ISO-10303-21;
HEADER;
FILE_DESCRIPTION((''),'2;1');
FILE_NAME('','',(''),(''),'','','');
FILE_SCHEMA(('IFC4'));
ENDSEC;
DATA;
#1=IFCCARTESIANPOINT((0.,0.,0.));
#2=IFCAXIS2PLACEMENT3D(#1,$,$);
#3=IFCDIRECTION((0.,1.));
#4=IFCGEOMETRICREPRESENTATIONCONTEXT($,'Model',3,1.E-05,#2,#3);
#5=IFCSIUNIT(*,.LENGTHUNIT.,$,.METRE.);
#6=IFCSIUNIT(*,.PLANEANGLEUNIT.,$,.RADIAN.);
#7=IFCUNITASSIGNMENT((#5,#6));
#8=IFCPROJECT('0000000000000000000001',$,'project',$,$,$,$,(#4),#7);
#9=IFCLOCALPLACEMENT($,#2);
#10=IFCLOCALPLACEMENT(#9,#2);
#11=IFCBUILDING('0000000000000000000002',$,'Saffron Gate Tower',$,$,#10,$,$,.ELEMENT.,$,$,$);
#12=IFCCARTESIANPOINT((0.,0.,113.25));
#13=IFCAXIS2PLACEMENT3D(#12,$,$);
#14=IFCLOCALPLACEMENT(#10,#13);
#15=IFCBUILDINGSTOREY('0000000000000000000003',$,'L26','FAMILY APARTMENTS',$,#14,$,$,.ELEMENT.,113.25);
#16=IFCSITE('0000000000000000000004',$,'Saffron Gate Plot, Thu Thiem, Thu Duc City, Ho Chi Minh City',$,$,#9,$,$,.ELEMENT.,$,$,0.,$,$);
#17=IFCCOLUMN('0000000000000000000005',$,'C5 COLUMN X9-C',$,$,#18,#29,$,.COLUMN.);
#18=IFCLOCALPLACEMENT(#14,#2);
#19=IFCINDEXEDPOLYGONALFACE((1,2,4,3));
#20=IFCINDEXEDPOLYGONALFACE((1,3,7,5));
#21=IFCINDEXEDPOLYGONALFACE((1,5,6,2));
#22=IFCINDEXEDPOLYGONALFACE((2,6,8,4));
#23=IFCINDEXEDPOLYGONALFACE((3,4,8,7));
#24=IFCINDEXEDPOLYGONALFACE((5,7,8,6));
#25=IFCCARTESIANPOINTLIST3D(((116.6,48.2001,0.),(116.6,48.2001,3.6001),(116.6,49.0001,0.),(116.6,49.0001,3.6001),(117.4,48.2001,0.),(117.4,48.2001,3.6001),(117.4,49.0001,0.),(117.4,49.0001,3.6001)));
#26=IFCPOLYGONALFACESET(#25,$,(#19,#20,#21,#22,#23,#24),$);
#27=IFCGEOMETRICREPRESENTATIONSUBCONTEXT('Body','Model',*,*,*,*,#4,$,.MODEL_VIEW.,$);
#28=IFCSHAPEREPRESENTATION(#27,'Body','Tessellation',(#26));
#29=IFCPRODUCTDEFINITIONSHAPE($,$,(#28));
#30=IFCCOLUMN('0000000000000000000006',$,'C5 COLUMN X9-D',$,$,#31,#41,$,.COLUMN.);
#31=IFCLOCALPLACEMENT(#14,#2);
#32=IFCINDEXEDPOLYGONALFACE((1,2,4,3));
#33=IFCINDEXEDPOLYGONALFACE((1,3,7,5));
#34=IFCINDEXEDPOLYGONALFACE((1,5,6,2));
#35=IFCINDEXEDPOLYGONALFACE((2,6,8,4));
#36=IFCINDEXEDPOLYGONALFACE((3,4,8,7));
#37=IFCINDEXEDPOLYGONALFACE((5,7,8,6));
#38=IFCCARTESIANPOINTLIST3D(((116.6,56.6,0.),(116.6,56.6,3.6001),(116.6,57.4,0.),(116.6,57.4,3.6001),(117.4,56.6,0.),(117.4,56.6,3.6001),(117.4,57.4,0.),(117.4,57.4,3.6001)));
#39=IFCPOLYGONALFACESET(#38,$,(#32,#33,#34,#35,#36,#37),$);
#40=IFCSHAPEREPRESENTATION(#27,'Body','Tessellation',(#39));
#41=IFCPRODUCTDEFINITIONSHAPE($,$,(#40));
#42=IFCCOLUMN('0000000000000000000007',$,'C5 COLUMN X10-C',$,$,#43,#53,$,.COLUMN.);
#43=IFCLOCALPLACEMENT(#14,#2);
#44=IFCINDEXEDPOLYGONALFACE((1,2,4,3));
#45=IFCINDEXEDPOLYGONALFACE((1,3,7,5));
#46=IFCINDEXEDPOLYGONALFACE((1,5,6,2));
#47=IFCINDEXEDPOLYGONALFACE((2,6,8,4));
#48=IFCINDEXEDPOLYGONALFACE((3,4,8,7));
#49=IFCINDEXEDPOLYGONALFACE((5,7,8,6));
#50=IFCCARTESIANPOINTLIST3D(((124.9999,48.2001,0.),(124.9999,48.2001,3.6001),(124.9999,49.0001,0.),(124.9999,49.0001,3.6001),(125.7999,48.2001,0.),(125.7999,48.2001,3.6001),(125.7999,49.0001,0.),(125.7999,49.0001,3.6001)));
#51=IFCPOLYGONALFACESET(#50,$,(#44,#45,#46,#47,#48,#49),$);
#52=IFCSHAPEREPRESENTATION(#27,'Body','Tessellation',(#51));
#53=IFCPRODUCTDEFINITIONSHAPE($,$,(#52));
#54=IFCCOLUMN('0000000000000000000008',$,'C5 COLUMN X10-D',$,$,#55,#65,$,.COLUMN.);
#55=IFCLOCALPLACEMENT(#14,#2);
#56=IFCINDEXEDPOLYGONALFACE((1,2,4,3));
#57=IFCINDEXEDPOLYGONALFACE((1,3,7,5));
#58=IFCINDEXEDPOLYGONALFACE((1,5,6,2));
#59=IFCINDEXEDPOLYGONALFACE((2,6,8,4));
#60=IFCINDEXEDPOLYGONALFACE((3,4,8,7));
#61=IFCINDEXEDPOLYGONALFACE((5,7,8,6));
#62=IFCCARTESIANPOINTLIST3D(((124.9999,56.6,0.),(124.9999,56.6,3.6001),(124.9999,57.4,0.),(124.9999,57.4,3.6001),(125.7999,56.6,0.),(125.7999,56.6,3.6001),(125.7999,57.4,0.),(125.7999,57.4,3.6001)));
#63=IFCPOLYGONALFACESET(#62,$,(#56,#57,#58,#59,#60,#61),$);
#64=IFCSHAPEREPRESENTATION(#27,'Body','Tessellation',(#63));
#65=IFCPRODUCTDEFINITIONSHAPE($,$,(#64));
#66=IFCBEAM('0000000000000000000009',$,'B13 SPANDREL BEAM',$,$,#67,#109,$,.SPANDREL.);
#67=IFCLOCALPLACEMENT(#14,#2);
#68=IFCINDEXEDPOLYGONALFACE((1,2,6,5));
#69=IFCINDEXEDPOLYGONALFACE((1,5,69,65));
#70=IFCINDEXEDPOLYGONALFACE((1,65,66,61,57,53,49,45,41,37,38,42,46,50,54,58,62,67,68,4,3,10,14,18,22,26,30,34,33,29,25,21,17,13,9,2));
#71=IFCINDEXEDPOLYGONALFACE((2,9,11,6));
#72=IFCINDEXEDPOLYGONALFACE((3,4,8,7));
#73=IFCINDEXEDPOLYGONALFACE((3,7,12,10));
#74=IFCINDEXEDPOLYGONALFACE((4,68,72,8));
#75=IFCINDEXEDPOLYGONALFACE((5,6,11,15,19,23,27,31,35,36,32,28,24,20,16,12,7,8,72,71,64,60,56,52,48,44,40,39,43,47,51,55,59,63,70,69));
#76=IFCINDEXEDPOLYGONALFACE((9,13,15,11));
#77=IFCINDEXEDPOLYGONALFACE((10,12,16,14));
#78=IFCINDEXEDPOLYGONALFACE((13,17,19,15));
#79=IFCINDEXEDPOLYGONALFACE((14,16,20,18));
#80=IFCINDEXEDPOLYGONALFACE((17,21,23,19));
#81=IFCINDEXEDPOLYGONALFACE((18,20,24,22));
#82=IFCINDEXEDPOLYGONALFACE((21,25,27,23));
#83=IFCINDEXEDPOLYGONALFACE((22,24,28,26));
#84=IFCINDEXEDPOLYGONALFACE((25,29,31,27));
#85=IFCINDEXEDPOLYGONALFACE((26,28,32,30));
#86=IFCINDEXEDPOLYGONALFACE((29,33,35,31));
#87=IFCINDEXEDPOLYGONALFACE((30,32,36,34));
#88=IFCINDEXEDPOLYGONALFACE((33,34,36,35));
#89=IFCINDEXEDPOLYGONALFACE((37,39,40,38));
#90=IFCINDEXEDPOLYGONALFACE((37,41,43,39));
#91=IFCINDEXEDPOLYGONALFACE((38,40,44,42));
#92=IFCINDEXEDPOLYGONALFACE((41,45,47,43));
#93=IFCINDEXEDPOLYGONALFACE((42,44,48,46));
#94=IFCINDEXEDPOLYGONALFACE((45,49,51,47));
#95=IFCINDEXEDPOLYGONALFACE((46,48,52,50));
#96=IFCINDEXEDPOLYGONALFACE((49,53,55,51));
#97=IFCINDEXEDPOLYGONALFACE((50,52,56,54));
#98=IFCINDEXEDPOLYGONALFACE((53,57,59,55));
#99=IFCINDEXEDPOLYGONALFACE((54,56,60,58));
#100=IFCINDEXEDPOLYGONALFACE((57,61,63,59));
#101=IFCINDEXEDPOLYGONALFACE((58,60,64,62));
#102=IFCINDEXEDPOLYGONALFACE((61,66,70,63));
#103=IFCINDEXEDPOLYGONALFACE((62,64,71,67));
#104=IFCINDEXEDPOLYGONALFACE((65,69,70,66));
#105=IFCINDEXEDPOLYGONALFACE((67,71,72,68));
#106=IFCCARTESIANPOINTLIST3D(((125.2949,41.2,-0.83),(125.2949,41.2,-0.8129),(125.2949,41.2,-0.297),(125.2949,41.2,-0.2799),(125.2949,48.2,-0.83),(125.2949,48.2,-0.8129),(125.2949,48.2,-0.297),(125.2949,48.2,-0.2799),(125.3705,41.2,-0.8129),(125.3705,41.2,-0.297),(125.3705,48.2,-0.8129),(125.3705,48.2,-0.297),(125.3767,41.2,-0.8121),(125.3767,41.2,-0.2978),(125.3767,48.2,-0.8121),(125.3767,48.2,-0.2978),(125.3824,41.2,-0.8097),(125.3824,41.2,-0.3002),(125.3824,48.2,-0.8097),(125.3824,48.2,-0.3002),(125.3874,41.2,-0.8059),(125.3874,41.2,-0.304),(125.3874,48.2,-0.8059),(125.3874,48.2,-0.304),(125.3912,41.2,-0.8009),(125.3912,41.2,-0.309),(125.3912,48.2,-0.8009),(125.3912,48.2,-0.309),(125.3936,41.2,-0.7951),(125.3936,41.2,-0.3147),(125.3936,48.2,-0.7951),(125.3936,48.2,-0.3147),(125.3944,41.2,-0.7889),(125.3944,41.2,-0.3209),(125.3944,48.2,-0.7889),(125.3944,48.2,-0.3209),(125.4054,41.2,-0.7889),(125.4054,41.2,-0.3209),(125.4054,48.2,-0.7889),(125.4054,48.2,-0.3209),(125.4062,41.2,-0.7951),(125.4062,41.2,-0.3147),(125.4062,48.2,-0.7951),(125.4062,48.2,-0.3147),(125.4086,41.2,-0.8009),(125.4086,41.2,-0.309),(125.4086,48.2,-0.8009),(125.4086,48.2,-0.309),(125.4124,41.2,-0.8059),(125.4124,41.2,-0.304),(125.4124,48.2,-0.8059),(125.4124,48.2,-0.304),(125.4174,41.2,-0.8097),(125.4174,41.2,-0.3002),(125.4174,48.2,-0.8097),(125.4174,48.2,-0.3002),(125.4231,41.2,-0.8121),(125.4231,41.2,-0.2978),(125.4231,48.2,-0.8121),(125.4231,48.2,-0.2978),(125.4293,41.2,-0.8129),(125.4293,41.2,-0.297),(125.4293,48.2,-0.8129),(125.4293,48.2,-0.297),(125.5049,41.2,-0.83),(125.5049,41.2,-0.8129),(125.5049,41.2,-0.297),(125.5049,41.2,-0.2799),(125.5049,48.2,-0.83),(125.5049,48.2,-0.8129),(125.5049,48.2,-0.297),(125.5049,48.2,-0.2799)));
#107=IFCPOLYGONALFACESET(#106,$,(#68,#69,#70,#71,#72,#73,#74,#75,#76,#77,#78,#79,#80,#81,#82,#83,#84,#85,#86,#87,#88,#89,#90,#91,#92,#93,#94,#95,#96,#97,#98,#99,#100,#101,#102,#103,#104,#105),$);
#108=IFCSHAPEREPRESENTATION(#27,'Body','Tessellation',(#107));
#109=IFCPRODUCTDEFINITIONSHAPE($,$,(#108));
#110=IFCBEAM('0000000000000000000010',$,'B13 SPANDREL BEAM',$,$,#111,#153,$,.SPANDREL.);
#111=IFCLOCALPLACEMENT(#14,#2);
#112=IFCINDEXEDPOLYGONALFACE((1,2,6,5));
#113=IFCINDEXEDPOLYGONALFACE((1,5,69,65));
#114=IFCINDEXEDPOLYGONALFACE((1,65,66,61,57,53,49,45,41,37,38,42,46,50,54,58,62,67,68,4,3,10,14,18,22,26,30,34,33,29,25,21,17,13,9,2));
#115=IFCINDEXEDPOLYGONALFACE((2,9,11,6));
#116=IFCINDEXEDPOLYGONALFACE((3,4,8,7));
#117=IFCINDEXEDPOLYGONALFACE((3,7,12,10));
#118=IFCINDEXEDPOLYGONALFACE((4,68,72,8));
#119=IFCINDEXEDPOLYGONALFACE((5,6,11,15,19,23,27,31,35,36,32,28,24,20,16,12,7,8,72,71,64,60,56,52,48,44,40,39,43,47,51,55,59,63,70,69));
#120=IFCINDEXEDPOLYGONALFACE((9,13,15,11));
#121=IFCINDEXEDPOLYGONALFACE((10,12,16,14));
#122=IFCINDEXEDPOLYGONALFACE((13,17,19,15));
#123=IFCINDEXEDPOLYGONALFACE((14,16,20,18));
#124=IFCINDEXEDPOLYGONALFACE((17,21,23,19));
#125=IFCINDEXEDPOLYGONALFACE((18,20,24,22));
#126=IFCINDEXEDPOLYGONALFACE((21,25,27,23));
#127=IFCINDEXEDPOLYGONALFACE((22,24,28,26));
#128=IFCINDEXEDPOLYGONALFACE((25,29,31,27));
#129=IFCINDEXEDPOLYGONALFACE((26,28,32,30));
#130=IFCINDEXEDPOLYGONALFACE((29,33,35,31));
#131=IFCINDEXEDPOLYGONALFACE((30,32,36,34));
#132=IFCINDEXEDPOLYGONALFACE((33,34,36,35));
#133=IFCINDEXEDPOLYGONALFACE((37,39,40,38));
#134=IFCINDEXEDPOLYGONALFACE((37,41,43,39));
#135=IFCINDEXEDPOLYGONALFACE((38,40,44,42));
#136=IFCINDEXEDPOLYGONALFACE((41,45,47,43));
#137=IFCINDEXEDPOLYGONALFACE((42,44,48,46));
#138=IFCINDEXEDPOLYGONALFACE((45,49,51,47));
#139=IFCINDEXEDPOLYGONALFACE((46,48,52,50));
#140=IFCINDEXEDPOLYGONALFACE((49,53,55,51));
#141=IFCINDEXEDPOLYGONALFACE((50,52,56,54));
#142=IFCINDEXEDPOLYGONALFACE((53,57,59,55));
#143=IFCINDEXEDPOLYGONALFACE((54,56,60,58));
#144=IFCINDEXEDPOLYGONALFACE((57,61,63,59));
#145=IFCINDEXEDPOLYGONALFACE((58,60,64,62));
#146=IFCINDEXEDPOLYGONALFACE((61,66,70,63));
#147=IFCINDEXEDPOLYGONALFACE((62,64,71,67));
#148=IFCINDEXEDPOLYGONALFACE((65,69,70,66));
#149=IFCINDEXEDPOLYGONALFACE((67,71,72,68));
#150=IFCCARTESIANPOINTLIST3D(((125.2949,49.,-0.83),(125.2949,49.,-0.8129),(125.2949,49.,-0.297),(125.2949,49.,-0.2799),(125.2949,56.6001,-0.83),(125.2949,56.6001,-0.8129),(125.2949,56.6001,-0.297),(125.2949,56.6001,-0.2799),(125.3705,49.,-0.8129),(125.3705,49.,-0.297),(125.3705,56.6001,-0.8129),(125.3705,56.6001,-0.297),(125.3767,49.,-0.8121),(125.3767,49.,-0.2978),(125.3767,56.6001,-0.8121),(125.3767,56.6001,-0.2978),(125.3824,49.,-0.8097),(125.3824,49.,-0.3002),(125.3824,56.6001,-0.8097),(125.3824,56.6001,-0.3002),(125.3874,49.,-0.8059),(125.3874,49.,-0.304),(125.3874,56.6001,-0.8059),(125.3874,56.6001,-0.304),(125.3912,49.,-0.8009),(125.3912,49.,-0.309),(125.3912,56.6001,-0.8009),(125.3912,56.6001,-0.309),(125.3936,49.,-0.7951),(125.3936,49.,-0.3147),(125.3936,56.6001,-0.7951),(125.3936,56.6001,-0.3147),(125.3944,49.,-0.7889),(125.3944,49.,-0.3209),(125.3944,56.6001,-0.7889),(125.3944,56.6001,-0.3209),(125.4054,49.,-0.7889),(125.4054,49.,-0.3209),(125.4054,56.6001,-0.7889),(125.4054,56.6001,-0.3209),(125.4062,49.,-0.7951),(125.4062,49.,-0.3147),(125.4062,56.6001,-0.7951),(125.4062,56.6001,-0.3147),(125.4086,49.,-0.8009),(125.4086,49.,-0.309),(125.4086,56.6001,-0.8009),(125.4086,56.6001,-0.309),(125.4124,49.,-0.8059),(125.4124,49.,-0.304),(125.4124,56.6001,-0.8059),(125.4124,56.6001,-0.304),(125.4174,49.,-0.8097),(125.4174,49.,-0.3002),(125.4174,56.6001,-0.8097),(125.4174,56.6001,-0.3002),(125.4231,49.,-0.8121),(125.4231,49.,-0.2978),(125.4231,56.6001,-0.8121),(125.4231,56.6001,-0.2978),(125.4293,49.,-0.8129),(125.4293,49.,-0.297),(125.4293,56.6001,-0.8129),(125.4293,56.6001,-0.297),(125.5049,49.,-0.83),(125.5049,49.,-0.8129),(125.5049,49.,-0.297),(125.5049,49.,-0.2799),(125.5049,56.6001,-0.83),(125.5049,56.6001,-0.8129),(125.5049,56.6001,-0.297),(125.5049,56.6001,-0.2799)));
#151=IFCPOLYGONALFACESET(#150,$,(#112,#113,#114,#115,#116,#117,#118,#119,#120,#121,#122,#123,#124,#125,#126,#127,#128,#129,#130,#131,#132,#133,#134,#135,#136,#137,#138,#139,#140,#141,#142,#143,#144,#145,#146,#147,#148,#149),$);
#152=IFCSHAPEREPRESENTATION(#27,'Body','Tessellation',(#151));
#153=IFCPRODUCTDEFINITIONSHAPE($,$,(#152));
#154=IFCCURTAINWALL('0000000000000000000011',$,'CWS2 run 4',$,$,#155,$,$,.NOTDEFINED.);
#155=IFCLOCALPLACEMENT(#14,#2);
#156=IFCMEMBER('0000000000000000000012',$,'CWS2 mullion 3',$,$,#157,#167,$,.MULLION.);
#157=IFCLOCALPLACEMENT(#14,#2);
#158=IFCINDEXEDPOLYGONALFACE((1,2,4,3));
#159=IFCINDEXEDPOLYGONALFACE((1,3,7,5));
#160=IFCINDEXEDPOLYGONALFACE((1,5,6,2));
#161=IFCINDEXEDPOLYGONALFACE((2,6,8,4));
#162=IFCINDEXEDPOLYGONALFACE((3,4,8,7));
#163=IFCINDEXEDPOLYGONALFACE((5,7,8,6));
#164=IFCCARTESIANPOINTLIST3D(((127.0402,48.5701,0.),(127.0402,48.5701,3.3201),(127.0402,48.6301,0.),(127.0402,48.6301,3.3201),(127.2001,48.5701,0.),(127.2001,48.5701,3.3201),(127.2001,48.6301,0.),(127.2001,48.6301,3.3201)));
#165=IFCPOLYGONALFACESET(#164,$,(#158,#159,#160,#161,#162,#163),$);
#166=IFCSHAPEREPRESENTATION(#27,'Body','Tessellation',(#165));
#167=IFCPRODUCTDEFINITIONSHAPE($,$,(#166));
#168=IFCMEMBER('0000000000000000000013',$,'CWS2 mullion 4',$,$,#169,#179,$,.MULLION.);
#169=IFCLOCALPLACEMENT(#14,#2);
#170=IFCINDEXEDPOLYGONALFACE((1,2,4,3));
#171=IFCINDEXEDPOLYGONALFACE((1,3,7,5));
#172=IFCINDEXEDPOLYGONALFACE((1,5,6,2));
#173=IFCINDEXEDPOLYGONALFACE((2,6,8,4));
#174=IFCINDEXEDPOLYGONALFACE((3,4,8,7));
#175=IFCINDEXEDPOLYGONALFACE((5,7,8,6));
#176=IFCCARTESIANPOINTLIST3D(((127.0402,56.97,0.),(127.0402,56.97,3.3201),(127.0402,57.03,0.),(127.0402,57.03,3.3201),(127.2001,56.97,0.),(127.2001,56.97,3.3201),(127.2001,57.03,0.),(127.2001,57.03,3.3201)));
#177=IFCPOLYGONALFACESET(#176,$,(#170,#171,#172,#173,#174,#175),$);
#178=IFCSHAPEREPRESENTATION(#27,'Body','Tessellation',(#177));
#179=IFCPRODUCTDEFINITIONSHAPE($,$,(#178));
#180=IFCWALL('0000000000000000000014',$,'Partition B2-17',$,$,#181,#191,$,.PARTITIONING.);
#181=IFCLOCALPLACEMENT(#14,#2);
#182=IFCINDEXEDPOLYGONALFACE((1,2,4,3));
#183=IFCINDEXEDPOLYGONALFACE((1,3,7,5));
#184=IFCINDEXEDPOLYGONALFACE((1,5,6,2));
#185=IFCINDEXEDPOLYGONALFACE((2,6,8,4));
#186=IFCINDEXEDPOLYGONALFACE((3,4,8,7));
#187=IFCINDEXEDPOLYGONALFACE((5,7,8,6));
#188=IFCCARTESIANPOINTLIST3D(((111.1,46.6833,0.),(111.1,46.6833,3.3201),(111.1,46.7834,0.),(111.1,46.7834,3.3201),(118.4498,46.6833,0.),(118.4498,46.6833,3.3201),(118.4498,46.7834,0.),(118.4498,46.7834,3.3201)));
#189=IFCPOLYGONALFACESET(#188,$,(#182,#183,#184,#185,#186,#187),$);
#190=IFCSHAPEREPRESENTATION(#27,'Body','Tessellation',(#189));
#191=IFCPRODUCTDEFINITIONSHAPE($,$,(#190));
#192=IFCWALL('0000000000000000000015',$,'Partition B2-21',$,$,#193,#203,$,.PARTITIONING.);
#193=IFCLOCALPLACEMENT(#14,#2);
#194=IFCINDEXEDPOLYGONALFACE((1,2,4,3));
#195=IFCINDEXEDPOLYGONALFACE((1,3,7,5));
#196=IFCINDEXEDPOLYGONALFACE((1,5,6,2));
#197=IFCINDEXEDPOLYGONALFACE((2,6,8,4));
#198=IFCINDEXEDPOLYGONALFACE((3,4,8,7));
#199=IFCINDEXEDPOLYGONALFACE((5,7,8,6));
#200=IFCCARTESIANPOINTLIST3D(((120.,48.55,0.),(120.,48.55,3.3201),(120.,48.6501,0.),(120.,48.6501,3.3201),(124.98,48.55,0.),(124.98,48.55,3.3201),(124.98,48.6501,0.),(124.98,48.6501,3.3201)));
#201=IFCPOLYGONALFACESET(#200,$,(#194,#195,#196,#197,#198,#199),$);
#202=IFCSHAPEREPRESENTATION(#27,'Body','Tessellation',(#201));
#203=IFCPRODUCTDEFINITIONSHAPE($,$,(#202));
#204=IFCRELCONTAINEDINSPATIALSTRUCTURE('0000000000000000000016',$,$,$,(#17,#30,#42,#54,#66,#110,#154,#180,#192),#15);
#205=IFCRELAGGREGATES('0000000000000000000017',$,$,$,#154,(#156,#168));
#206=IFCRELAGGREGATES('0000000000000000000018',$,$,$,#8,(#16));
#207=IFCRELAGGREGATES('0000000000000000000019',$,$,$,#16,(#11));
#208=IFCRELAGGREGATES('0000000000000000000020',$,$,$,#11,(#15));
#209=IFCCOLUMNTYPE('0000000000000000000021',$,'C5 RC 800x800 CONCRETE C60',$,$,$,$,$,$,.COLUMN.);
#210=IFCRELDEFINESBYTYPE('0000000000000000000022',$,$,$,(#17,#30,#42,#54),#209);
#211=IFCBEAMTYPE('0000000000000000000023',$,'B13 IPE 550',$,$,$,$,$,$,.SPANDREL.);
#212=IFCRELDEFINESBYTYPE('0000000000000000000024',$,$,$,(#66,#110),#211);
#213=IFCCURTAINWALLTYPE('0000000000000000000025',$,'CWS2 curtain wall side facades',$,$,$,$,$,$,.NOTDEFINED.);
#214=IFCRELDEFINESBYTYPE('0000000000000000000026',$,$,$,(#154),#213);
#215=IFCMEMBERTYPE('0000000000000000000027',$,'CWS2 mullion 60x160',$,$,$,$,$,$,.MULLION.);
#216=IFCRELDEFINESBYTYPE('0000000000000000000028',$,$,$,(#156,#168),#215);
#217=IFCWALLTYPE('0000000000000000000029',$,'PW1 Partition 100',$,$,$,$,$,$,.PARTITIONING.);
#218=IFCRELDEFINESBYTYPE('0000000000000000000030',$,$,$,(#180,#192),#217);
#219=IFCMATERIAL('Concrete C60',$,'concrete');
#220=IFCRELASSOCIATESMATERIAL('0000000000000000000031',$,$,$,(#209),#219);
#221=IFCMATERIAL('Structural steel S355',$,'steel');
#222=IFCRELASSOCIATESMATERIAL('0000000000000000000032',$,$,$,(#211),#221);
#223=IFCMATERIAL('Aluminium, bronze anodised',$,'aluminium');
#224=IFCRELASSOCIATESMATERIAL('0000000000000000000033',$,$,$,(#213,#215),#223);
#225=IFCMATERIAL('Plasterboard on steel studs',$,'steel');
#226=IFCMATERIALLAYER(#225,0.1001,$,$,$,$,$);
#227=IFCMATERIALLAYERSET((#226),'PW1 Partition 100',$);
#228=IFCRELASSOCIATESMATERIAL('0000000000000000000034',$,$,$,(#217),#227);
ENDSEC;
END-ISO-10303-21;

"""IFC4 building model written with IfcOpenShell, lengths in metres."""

from ifc_helpers import new_model, si_unit, direction, frame, frame_2d, origin, origin_2d, place, context, subcontext, project, spatial, rectangle, i_section, extrude, material, layer, layer_set, material_profile, profile_set, type_object, element, aggregate, save


model = new_model("IFC4")

# Units and contexts
model_context = context("Model", 3, precision=1e-05, world=origin(), true_north=direction((0.0, 1.0)))
body_context = subcontext(model_context, "Body", "Model", "MODEL_VIEW")
ifc_project = project(units=[si_unit("LENGTHUNIT", "METRE"), si_unit("PLANEANGLEUNIT", "RADIAN")], contexts=[model_context])

# Site, building, storey
site_placement = place(None, origin())
site = spatial("IfcSite", under=ifc_project, at=site_placement, Name="Saffron Gate Plot, Thu Thiem, Thu Duc City, Ho Chi Minh City", CompositionType="ELEMENT", RefElevation=0.0)
building_placement = place(site_placement, origin())
building = spatial("IfcBuilding", under=site, at=building_placement, Name="Saffron Gate Tower", CompositionType="ELEMENT")
storey_placement = place(building_placement, frame((0.0, 0.0, 113.25)))
storey = spatial("IfcBuildingStorey", under=building, at=storey_placement, Name="L26", Description="FAMILY APARTMENTS", CompositionType="ELEMENT", Elevation=113.25)

# Columns
ifc_material_1 = material(Name="Concrete C60", Category="concrete")
ifc_material_profile_1 = material_profile(ifc_material_1, rectangle(XDim=0.8, YDim=0.8, at=origin_2d()))
ifc_profile_set_1 = profile_set([ifc_material_profile_1], Name="Concrete C60")
column_type = type_object("IfcColumnType", Name="C5 RC 800x800 CONCRETE C60", PredefinedType="COLUMN", material=ifc_profile_set_1)
for number, where, z_axis, x_axis, name in (
    (1, (117.0, 48.6001, 0.0), (0.0, 0.0, 1.0), (1.0, 0.0, 0.0), "C5 COLUMN X9-C"),
    (2, (117.0, 57.0, 0.0), (0.0, 0.0, 1.0), (1.0, 0.0, 0.0), "C5 COLUMN X9-D"),
    (3, (125.3999, 48.6001, 0.0), (0.0, 0.0, 1.0), (1.0, 0.0, 0.0), "C5 COLUMN X10-C"),
    (4, (125.3999, 57.0, 0.0), (0.0, 0.0, 1.0), (1.0, 0.0, 0.0), "C5 COLUMN X10-D"),
):
    element("IfcColumn", number, at=place(storey_placement, frame(where, z_axis=z_axis, x_axis=x_axis)), inside=storey, type_object=column_type, Name=name, PredefinedType="COLUMN", context=body_context, shape_type="SweptSolid", body=[
        extrude(rectangle(XDim=0.8, YDim=0.8, at=origin_2d()), origin(), (0.0, 0.0, 1.0), 3.6001),
    ])

# Beams
ifc_material_2 = material(Name="Structural steel S355", Category="steel")
ifc_material_profile_2 = material_profile(ifc_material_2, i_section(OverallWidth=0.21, OverallDepth=0.55, WebThickness=0.011, FlangeThickness=0.0171, FilletRadius=0.0239, at=origin_2d()))
ifc_profile_set_2 = profile_set([ifc_material_profile_2], Name="Structural steel S355")
beam_type = type_object("IfcBeamType", Name="B13 IPE 550", PredefinedType="SPANDREL", material=ifc_profile_set_2)
beam_1_placement = place(storey_placement, frame((125.3999, 41.2, -0.5549), z_axis=(0.0, 1.0, 0.0), x_axis=(-1.0, 0.0, 0.0)))
element("IfcBeam", 5, at=beam_1_placement, inside=storey, type_object=beam_type, Name="B13 SPANDREL BEAM", PredefinedType="SPANDREL", context=body_context, shape_type="SweptSolid", body=[
    extrude(i_section(OverallWidth=0.21, OverallDepth=0.55, WebThickness=0.011, FlangeThickness=0.0171, FilletRadius=0.0239, at=origin_2d()), origin(), (0.0, 0.0, 1.0), 7.0),
])
beam_2_placement = place(storey_placement, frame((125.3999, 49.0, -0.5549), z_axis=(0.0, 1.0, 0.0), x_axis=(-1.0, 0.0, 0.0)))
element("IfcBeam", 6, at=beam_2_placement, inside=storey, type_object=beam_type, Name="B13 SPANDREL BEAM", PredefinedType="SPANDREL", context=body_context, shape_type="SweptSolid", body=[
    extrude(i_section(OverallWidth=0.21, OverallDepth=0.55, WebThickness=0.011, FlangeThickness=0.0171, FilletRadius=0.0239, at=origin_2d()), origin(), (0.0, 0.0, 1.0), 7.6001),
])

# Curtain wall, members
ifc_material_3 = material(Name="Aluminium, bronze anodised", Category="aluminium")
curtain_wall_type = type_object("IfcCurtainWallType", Name="CWS2 curtain wall side facades", PredefinedType="NOTDEFINED", material=ifc_material_3)
curtain_wall_placement = place(storey_placement, origin())
curtain_wall = element("IfcCurtainWall", 7, at=curtain_wall_placement, inside=storey, type_object=curtain_wall_type, Name="CWS2 run 4", PredefinedType="NOTDEFINED")
ifc_material_profile_3 = material_profile(ifc_material_3, rectangle(XDim=0.1599, YDim=0.0601, at=origin_2d()))
ifc_profile_set_3 = profile_set([ifc_material_profile_3], Name="Aluminium, bronze anodised")
member_type = type_object("IfcMemberType", Name="CWS2 mullion 60x160", PredefinedType="MULLION", material=ifc_profile_set_3)
member_1_placement = place(storey_placement, frame((127.1201, 48.6001, 0.0), z_axis=(0.0, 0.0, 1.0), x_axis=(-1.0, 0.0, 0.0)))
member_1 = element("IfcMember", 8, at=member_1_placement, type_object=member_type, Name="CWS2 mullion 3", PredefinedType="MULLION", context=body_context, shape_type="SweptSolid", body=[
    extrude(rectangle(XDim=0.1599, YDim=0.0601, at=origin_2d()), origin(), (0.0, 0.0, 1.0), 3.3201),
])
member_2_placement = place(storey_placement, frame((127.1201, 57.0, 0.0), z_axis=(0.0, 0.0, 1.0), x_axis=(-1.0, 0.0, 0.0)))
member_2 = element("IfcMember", 9, at=member_2_placement, type_object=member_type, Name="CWS2 mullion 4", PredefinedType="MULLION", context=body_context, shape_type="SweptSolid", body=[
    extrude(rectangle(XDim=0.1599, YDim=0.0601, at=origin_2d()), origin(), (0.0, 0.0, 1.0), 3.3201),
])
aggregate(curtain_wall, [member_1, member_2])

# Walls
ifc_material_4 = material(Name="Plasterboard on steel studs", Category="steel")
ifc_layer_1 = layer(ifc_material_4, 0.1001)
ifc_layer_set_1 = layer_set([ifc_layer_1], Name="PW1 Partition 100")
wall_type_1 = type_object("IfcWallType", Name="PW1 Partition 100", PredefinedType="PARTITIONING", material=ifc_layer_set_1)
wall_1_placement = place(storey_placement, frame((111.1001, 46.7334, 0.0), z_axis=(0.0, 0.0, 1.0), x_axis=(1.0, 0.0, 0.0)))
element("IfcWall", 10, at=wall_1_placement, inside=storey, type_object=wall_type_1, Name="Partition B2-17", PredefinedType="PARTITIONING", context=body_context, shape_type="SweptSolid", body=[
    extrude(rectangle(XDim=7.3499, YDim=0.1001, at=frame_2d((3.6748, 0.0))), origin(), (0.0, 0.0, 1.0), 3.3201),
])
wall_2_placement = place(storey_placement, frame((120.0, 48.6001, 0.0), z_axis=(0.0, 0.0, 1.0), x_axis=(1.0, 0.0, 0.0)))
element("IfcWall", 11, at=wall_2_placement, inside=storey, type_object=wall_type_1, Name="Partition B2-21", PredefinedType="PARTITIONING", context=body_context, shape_type="SweptSolid", body=[
    extrude(rectangle(XDim=4.98, YDim=0.1001, at=frame_2d((2.49, 0.0))), origin(), (0.0, 0.0, 1.0), 3.3201),
])

save(model, "model.ifc")
